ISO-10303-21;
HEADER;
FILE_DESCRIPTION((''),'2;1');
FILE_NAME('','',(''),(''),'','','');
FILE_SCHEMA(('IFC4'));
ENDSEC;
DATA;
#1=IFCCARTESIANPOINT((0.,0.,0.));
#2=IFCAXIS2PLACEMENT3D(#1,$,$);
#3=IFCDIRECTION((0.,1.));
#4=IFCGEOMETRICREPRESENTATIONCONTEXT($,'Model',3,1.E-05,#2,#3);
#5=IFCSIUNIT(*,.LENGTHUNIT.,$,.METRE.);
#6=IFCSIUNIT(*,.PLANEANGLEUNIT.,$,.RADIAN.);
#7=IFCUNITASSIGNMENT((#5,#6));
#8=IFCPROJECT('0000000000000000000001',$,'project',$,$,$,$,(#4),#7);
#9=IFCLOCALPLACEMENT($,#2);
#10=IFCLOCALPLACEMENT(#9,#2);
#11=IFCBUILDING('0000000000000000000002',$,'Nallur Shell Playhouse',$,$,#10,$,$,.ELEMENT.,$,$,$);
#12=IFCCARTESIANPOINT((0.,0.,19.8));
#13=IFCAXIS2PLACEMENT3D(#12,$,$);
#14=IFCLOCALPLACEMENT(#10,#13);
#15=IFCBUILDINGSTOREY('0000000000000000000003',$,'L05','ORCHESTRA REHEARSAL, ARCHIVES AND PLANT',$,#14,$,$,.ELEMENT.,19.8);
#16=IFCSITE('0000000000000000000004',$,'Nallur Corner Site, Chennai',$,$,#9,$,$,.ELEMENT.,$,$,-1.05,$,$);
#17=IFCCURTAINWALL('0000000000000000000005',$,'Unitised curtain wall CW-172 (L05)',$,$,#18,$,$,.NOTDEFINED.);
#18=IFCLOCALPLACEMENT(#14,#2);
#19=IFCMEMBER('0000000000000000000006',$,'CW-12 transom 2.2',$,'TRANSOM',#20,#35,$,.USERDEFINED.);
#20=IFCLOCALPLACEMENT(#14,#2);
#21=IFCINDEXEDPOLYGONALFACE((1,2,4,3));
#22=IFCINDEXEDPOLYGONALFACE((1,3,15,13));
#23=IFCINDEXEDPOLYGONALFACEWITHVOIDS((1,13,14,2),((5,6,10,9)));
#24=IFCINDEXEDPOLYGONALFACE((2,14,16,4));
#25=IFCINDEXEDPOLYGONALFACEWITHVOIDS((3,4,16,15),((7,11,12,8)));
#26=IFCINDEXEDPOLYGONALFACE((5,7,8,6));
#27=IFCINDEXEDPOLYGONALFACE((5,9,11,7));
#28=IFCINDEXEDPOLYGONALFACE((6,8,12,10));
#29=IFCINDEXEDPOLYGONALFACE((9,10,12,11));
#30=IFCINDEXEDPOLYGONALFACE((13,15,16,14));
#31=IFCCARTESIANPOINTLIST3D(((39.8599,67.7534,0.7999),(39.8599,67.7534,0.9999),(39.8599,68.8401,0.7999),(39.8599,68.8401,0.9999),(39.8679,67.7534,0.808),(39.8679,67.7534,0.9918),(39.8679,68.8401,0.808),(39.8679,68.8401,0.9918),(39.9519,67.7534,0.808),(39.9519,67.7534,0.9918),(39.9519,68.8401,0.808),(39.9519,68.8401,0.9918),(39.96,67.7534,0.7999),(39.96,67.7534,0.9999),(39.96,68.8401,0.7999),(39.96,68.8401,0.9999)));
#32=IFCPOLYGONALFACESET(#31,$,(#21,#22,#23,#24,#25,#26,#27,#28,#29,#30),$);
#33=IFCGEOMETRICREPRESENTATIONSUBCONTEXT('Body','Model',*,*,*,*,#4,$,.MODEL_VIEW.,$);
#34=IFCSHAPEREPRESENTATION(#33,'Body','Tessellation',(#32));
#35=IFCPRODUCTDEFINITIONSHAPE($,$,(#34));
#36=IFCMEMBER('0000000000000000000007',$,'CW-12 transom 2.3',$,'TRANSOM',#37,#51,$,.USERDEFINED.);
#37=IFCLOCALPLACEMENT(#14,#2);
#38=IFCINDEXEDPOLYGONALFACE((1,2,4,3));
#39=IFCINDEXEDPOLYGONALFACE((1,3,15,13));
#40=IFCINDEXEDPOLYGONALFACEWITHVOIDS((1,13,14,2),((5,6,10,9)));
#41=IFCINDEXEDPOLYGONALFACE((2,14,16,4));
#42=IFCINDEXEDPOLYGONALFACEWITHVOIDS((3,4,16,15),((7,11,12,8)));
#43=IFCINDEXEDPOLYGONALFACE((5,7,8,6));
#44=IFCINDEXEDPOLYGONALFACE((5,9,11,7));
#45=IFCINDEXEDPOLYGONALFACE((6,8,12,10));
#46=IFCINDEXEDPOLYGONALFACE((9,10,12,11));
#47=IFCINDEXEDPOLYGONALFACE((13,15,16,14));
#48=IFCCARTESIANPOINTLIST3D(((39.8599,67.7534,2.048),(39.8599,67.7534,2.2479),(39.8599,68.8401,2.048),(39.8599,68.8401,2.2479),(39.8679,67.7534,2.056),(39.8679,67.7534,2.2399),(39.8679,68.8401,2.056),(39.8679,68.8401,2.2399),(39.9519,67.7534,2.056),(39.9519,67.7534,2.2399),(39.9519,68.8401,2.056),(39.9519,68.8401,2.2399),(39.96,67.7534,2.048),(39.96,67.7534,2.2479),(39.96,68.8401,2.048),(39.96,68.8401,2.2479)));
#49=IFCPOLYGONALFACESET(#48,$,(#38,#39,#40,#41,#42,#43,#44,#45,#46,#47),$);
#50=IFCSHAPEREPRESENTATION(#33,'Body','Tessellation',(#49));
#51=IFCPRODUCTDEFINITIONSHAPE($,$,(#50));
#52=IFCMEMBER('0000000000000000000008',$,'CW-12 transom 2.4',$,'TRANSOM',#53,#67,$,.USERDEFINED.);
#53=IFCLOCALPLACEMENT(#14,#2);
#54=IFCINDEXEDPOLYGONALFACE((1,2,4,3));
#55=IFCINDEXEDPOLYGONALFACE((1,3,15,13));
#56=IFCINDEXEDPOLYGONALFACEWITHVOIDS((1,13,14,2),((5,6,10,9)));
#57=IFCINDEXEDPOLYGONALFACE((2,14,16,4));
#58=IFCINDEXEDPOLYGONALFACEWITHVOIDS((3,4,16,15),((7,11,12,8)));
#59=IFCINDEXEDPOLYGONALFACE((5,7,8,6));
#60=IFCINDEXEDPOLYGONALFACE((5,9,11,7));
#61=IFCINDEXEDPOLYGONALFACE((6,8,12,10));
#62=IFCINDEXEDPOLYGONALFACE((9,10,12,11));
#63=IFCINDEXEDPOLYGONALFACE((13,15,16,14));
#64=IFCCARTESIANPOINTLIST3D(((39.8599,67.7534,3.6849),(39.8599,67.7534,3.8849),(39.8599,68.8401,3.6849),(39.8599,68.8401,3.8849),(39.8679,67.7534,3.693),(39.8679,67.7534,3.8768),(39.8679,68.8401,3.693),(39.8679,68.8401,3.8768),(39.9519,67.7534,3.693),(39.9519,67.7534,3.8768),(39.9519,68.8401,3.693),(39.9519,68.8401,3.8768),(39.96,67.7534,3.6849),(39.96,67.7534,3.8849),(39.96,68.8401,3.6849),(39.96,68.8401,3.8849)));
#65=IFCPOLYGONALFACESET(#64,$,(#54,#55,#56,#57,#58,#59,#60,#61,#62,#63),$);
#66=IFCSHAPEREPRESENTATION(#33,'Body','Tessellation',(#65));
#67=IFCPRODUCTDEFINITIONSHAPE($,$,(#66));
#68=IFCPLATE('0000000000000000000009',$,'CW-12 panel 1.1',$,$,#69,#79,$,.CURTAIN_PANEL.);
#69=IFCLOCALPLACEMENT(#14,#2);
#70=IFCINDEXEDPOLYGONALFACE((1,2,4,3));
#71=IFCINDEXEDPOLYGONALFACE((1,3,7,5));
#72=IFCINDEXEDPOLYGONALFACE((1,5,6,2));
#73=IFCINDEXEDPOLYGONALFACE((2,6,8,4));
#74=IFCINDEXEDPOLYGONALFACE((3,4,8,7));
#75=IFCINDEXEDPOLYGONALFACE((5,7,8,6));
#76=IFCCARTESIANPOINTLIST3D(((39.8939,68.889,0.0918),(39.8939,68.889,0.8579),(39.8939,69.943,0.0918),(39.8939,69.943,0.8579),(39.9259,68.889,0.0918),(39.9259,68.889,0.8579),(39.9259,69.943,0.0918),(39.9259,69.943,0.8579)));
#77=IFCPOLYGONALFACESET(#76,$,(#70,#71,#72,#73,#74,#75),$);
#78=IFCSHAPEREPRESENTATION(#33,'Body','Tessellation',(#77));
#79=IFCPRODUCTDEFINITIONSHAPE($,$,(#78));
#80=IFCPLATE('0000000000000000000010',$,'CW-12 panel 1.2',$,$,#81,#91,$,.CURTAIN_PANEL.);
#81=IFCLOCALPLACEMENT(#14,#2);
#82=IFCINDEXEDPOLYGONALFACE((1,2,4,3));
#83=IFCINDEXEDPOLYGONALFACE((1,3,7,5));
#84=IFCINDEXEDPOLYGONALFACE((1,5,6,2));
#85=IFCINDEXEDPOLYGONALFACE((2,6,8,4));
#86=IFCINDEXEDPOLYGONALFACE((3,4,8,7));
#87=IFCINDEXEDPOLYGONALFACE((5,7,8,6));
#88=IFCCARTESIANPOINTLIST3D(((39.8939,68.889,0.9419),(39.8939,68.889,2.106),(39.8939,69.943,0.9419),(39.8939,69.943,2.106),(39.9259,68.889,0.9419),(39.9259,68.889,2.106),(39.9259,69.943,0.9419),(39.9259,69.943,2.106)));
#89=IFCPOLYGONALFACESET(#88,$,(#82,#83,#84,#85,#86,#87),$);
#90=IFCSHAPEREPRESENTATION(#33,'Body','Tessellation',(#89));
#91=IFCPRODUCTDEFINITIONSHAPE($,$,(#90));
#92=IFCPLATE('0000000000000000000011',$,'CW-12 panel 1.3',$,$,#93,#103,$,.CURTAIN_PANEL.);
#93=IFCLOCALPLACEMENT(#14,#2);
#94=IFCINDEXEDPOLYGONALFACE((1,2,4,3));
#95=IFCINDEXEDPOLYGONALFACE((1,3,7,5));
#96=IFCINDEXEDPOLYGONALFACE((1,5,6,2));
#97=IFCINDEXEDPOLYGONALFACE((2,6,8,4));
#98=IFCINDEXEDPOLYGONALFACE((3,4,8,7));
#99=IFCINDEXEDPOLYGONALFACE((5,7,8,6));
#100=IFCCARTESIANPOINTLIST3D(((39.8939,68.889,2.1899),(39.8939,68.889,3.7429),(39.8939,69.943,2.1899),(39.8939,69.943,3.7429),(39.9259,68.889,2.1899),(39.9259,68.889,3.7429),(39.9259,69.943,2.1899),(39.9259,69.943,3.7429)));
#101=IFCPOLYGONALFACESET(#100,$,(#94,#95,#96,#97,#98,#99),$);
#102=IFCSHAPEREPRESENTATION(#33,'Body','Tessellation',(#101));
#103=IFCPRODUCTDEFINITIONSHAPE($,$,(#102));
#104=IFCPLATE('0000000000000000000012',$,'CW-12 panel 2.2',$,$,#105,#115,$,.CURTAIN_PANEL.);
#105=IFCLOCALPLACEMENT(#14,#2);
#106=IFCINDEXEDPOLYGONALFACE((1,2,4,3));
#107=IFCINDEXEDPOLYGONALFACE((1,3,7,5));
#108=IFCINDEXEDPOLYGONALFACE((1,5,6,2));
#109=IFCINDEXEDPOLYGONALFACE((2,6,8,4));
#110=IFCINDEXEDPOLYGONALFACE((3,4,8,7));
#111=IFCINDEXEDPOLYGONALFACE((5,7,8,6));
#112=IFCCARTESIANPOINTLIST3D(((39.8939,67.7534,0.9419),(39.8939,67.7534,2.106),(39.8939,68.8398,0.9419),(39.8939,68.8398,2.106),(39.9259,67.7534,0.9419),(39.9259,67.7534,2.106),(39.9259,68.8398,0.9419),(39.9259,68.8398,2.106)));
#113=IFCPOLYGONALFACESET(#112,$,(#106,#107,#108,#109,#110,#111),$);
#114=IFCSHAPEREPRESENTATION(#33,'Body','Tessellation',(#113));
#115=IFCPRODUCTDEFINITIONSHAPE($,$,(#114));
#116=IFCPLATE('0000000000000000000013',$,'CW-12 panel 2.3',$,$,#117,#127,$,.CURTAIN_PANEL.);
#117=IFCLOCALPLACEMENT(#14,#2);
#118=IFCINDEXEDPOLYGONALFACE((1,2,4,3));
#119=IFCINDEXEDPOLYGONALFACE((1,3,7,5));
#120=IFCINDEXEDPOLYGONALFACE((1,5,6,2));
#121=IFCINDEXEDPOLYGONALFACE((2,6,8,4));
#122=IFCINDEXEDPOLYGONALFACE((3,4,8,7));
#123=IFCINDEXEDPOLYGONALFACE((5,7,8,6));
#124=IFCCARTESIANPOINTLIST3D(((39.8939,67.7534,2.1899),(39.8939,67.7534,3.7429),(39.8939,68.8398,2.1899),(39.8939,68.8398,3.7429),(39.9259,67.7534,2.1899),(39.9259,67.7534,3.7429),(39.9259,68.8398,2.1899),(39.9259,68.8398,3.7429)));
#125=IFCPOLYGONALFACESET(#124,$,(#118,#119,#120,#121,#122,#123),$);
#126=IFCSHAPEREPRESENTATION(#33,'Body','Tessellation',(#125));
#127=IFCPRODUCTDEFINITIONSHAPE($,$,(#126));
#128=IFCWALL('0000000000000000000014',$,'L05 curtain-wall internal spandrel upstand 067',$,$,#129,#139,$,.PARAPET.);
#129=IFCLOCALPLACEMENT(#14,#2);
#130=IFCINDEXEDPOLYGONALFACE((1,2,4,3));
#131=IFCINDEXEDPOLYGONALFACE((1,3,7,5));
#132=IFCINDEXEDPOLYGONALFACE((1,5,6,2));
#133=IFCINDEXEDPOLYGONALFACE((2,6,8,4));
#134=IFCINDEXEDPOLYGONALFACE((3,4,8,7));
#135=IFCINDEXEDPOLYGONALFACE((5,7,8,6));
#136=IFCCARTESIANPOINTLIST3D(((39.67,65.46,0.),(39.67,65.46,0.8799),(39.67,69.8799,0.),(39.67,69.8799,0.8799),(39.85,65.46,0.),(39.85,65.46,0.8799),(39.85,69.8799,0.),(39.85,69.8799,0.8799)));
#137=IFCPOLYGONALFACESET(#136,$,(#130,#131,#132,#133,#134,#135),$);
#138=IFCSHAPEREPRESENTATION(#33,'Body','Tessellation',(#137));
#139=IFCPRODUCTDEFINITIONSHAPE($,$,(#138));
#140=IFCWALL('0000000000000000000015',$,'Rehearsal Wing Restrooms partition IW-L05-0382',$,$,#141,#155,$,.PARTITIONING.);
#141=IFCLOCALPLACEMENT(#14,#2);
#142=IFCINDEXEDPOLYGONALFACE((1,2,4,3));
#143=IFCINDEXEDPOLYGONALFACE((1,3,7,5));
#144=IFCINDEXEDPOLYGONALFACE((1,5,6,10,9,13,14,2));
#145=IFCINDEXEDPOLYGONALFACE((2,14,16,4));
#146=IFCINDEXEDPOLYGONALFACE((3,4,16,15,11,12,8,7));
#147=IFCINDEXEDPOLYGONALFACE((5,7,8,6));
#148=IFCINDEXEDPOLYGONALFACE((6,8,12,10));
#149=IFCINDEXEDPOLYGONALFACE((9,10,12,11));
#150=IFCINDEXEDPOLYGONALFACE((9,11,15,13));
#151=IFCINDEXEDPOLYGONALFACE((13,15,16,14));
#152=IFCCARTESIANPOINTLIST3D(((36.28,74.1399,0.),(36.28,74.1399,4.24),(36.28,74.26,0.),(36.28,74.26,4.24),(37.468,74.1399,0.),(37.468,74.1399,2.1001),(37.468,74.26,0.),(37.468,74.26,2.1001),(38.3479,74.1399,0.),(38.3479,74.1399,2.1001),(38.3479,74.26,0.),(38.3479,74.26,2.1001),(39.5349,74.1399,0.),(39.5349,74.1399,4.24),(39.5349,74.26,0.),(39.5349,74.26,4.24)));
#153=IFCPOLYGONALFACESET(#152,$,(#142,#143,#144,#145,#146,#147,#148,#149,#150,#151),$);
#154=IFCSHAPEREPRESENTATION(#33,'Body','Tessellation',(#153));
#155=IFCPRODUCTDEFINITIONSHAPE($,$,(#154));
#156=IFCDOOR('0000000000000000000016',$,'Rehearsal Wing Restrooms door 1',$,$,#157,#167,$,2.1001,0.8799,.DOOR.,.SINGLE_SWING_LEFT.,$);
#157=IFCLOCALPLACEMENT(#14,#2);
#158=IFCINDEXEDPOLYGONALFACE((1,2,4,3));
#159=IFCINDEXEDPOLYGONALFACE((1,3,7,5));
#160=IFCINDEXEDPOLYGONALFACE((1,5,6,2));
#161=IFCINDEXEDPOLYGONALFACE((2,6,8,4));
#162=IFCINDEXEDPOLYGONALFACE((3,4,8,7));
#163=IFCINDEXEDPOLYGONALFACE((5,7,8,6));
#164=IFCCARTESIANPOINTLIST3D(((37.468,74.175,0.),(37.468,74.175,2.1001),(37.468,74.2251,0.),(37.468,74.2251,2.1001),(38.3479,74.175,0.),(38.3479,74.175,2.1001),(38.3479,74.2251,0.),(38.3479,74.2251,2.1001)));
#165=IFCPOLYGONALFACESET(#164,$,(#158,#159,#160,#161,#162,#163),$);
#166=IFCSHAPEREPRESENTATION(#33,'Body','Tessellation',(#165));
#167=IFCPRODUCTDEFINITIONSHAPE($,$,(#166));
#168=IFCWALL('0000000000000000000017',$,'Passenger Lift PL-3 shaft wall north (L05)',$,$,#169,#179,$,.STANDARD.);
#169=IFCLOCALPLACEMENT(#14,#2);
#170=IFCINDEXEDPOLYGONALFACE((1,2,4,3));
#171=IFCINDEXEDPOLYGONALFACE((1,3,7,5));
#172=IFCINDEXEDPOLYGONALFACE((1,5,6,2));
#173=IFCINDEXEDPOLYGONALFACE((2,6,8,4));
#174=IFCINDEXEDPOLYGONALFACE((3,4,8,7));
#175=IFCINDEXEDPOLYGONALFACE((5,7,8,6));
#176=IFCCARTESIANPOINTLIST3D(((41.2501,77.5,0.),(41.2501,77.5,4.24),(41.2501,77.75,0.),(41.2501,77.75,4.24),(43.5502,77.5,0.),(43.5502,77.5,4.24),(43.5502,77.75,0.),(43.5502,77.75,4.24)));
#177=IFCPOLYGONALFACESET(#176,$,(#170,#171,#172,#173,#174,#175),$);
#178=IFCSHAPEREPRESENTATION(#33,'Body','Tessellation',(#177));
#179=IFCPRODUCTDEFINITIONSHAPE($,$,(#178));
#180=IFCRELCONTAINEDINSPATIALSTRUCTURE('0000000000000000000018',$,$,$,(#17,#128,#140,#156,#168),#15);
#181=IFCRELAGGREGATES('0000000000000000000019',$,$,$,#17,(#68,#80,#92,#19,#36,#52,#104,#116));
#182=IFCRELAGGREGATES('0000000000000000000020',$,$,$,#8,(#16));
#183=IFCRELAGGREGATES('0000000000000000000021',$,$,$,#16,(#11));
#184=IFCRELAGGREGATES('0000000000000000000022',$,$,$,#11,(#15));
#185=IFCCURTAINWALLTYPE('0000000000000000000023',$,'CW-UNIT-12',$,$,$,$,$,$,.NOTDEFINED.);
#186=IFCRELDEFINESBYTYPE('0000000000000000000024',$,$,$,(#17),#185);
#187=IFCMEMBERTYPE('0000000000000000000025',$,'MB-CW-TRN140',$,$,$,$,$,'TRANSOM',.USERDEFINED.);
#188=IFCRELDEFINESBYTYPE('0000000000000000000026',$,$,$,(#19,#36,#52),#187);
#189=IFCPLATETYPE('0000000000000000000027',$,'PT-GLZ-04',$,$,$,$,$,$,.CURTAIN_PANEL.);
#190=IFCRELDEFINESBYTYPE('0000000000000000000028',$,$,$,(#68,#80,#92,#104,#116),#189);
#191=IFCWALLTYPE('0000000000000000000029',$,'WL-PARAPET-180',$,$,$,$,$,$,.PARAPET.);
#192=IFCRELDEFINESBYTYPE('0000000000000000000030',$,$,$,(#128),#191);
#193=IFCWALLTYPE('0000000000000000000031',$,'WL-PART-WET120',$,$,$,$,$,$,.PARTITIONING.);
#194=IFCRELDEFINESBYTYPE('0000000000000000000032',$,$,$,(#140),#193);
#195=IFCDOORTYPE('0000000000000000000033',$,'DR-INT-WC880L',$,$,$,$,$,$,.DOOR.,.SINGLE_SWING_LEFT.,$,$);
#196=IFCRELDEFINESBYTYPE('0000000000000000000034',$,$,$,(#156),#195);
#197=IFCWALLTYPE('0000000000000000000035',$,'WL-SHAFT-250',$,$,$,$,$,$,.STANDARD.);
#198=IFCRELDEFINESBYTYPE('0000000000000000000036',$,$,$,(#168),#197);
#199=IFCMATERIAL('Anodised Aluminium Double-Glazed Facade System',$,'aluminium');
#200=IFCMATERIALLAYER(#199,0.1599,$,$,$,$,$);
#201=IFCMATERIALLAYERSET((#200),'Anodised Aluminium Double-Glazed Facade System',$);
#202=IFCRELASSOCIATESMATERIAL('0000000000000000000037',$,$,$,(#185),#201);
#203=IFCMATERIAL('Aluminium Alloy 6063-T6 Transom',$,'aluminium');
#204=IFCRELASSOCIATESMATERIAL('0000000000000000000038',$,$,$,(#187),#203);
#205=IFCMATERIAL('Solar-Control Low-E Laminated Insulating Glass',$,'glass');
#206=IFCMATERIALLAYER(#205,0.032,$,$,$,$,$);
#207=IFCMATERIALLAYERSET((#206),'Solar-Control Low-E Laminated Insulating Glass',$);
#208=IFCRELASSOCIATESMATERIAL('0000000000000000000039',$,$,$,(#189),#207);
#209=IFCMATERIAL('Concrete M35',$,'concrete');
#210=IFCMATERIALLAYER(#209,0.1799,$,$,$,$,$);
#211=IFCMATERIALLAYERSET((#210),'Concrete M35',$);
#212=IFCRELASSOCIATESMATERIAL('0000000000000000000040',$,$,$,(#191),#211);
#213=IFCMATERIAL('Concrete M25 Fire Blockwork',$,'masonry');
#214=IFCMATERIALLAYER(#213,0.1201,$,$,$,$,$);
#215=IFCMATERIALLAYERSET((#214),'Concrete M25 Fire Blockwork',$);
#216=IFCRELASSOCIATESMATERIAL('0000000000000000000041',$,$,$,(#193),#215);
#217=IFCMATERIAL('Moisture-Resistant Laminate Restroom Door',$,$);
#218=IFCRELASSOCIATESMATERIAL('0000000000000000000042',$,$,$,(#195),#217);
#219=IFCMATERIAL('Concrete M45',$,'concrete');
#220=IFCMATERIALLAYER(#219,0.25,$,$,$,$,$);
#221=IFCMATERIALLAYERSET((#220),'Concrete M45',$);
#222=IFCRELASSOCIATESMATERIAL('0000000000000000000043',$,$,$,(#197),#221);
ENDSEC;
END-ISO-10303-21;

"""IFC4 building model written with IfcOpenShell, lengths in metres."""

from ifc_helpers import new_model, si_unit, direction, frame, frame_2d, origin, origin_2d, place, context, subcontext, project, spatial, rectangle, hollow_rectangle, extrude, material, layer, layer_set, material_profile, profile_set, type_object, element, fill, aggregate, save


model = new_model("IFC4")

# Units and contexts
model_context = context("Model", 3, precision=1e-05, world=origin(), true_north=direction((0.0, 1.0)))
body_context = subcontext(model_context, "Body", "Model", "MODEL_VIEW")
ifc_project = project(units=[si_unit("LENGTHUNIT", "METRE"), si_unit("PLANEANGLEUNIT", "RADIAN")], contexts=[model_context])

# Site, building, storey
site_placement = place(None, origin())
site = spatial("IfcSite", under=ifc_project, at=site_placement, Name="Nallur Corner Site, Chennai", CompositionType="ELEMENT", RefElevation=-1.05)
building_placement = place(site_placement, origin())
building = spatial("IfcBuilding", under=site, at=building_placement, Name="Nallur Shell Playhouse", CompositionType="ELEMENT")
storey_placement = place(building_placement, frame((0.0, 0.0, 19.8)))
storey = spatial("IfcBuildingStorey", under=building, at=storey_placement, Name="L05", Description="ORCHESTRA REHEARSAL, ARCHIVES AND PLANT", CompositionType="ELEMENT", Elevation=19.8)

# Curtain wall, members, plates
ifc_material_1 = material(Name="Anodised Aluminium Double-Glazed Facade System", Category="aluminium")
ifc_layer_1 = layer(ifc_material_1, 0.1599)
ifc_layer_set_1 = layer_set([ifc_layer_1], Name="Anodised Aluminium Double-Glazed Facade System")
curtain_wall_type = type_object("IfcCurtainWallType", Name="CW-UNIT-12", PredefinedType="NOTDEFINED", material=ifc_layer_set_1)
curtain_wall_placement = place(storey_placement, origin())
curtain_wall = element("IfcCurtainWall", 1, at=curtain_wall_placement, inside=storey, type_object=curtain_wall_type, Name="Unitised curtain wall CW-172 (L05)", PredefinedType="NOTDEFINED")
ifc_material_2 = material(Name="Aluminium Alloy 6063-T6 Transom", Category="aluminium")
ifc_material_profile_1 = material_profile(ifc_material_2, hollow_rectangle(XDim=0.1001, YDim=0.2, WallThickness=0.0081, at=origin_2d()), Name="RHS 200x100x8")
ifc_profile_set_1 = profile_set([ifc_material_profile_1], Name="Aluminium Alloy 6063-T6 Transom")
member_type_1 = type_object("IfcMemberType", Name="MB-CW-TRN140", ElementType="TRANSOM", PredefinedType="USERDEFINED", material=ifc_profile_set_1)
member_1_placement = place(storey_placement, frame((39.9099, 68.8401, 0.8999), z_axis=(0.0, -1.0, 0.0), x_axis=(1.0, 0.0, 0.0)))
member_1 = element("IfcMember", 2, at=member_1_placement, type_object=member_type_1, Name="CW-12 transom 2.2", ObjectType="TRANSOM", PredefinedType="USERDEFINED", context=body_context, shape_type="SweptSolid", body=[
    extrude(hollow_rectangle(XDim=0.1001, YDim=0.2, WallThickness=0.0081, at=origin_2d()), origin(), (0.0, 0.0, 1.0), 1.0867),
])
member_2_placement = place(storey_placement, frame((39.9099, 68.8401, 2.1479), z_axis=(0.0, -1.0, 0.0), x_axis=(1.0, 0.0, 0.0)))
member_2 = element("IfcMember", 3, at=member_2_placement, type_object=member_type_1, Name="CW-12 transom 2.3", ObjectType="TRANSOM", PredefinedType="USERDEFINED", context=body_context, shape_type="SweptSolid", body=[
    extrude(hollow_rectangle(XDim=0.1001, YDim=0.2, WallThickness=0.0081, at=origin_2d()), origin(), (0.0, 0.0, 1.0), 1.0867),
])
member_3_placement = place(storey_placement, frame((39.9099, 68.8401, 3.7849), z_axis=(0.0, -1.0, 0.0), x_axis=(1.0, 0.0, 0.0)))
member_3 = element("IfcMember", 4, at=member_3_placement, type_object=member_type_1, Name="CW-12 transom 2.4", ObjectType="TRANSOM", PredefinedType="USERDEFINED", context=body_context, shape_type="SweptSolid", body=[
    extrude(hollow_rectangle(XDim=0.1001, YDim=0.2, WallThickness=0.0081, at=origin_2d()), origin(), (0.0, 0.0, 1.0), 1.0867),
])
ifc_material_3 = material(Name="Solar-Control Low-E Laminated Insulating Glass", Category="glass")
ifc_layer_2 = layer(ifc_material_3, 0.032)
ifc_layer_set_2 = layer_set([ifc_layer_2], Name="Solar-Control Low-E Laminated Insulating Glass")
plate_type = type_object("IfcPlateType", Name="PT-GLZ-04", PredefinedType="CURTAIN_PANEL", material=ifc_layer_set_2)
plate_1_placement = place(storey_placement, frame((39.9099, 69.416, 0.0918), z_axis=(0.0, 0.0, 1.0), x_axis=(0.0, -1.0, 0.0)))
plate_1 = element("IfcPlate", 5, at=plate_1_placement, type_object=plate_type, Name="CW-12 panel 1.1", PredefinedType="CURTAIN_PANEL", context=body_context, shape_type="SweptSolid", body=[
    extrude(rectangle(XDim=1.054, YDim=0.032, at=origin_2d()), origin(), (0.0, 0.0, 1.0), 0.7661),
])
plate_2_placement = place(storey_placement, frame((39.9099, 69.416, 0.9419), z_axis=(0.0, 0.0, 1.0), x_axis=(0.0, -1.0, 0.0)))
plate_2 = element("IfcPlate", 6, at=plate_2_placement, type_object=plate_type, Name="CW-12 panel 1.2", PredefinedType="CURTAIN_PANEL", context=body_context, shape_type="SweptSolid", body=[
    extrude(rectangle(XDim=1.054, YDim=0.032, at=origin_2d()), origin(), (0.0, 0.0, 1.0), 1.1641),
])
plate_3_placement = place(storey_placement, frame((39.9099, 69.416, 2.1899), z_axis=(0.0, 0.0, 1.0), x_axis=(0.0, -1.0, 0.0)))
plate_3 = element("IfcPlate", 7, at=plate_3_placement, type_object=plate_type, Name="CW-12 panel 1.3", PredefinedType="CURTAIN_PANEL", context=body_context, shape_type="SweptSolid", body=[
    extrude(rectangle(XDim=1.054, YDim=0.032, at=origin_2d()), origin(), (0.0, 0.0, 1.0), 1.553),
])
plate_4_placement = place(storey_placement, frame((39.9099, 68.2966, 0.9419), z_axis=(0.0, 0.0, 1.0), x_axis=(0.0, -1.0, 0.0)))
plate_4 = element("IfcPlate", 8, at=plate_4_placement, type_object=plate_type, Name="CW-12 panel 2.2", PredefinedType="CURTAIN_PANEL", context=body_context, shape_type="SweptSolid", body=[
    extrude(rectangle(XDim=1.0864, YDim=0.032, at=origin_2d()), origin(), (0.0, 0.0, 1.0), 1.1641),
])
plate_5_placement = place(storey_placement, frame((39.9099, 68.2966, 2.1899), z_axis=(0.0, 0.0, 1.0), x_axis=(0.0, -1.0, 0.0)))
plate_5 = element("IfcPlate", 9, at=plate_5_placement, type_object=plate_type, Name="CW-12 panel 2.3", PredefinedType="CURTAIN_PANEL", context=body_context, shape_type="SweptSolid", body=[
    extrude(rectangle(XDim=1.0864, YDim=0.032, at=origin_2d()), origin(), (0.0, 0.0, 1.0), 1.553),
])
aggregate(curtain_wall, [plate_1, plate_2, plate_3, member_1, member_2, member_3, plate_4, plate_5])

# Wall
ifc_material_4 = material(Name="Concrete M35", Category="concrete")
ifc_layer_3 = layer(ifc_material_4, 0.1799)
ifc_layer_set_3 = layer_set([ifc_layer_3], Name="Concrete M35")
wall_type_1 = type_object("IfcWallType", Name="WL-PARAPET-180", PredefinedType="PARAPET", material=ifc_layer_set_3)
wall_1_placement = place(storey_placement, frame((39.76, 69.8799, 0.0), z_axis=(0.0, 0.0, 1.0), x_axis=(0.0, -1.0, 0.0)))
element("IfcWall", 10, at=wall_1_placement, inside=storey, type_object=wall_type_1, Name="L05 curtain-wall internal spandrel upstand 067", PredefinedType="PARAPET", context=body_context, shape_type="SweptSolid", body=[
    extrude(rectangle(XDim=4.4199, YDim=0.1799, at=frame_2d((2.21, 0.0))), origin(), (0.0, 0.0, 1.0), 0.8799),
])

# Wall, opening, door
ifc_material_5 = material(Name="Concrete M25 Fire Blockwork", Category="masonry")
ifc_layer_4 = layer(ifc_material_5, 0.1201)
ifc_layer_set_4 = layer_set([ifc_layer_4], Name="Concrete M25 Fire Blockwork")
wall_type_2 = type_object("IfcWallType", Name="WL-PART-WET120", PredefinedType="PARTITIONING", material=ifc_layer_set_4)
wall_2_placement = place(storey_placement, frame((39.5349, 74.2, 0.0), z_axis=(0.0, 0.0, 1.0), x_axis=(-1.0, 0.0, 0.0)))
wall_2 = element("IfcWall", 11, at=wall_2_placement, inside=storey, type_object=wall_type_2, Name="Rehearsal Wing Restrooms partition IW-L05-0382", PredefinedType="PARTITIONING", context=body_context, shape_type="SweptSolid", body=[
    extrude(rectangle(XDim=3.2549, YDim=0.1201, at=frame_2d((1.6274, 0.0))), origin(), (0.0, 0.0, 1.0), 4.24),
])
opening_1_placement = place(wall_2_placement, frame((1.187, 0.0, 0.0)))
opening_1 = element("IfcOpeningElement", 12, at=opening_1_placement, cuts=wall_2, PredefinedType="OPENING", context=body_context, shape_type="SweptSolid", body=[
    extrude(rectangle(XDim=0.8799, YDim=2.1001, at=frame_2d((0.4399, 1.05))), frame((0.0, 0.0701, 0.0), z_axis=(0.0, -1.0, 0.0), x_axis=(1.0, 0.0, 0.0)), (0.0, 0.0, 1.0), 0.1401),
])
ifc_material_6 = material(Name="Moisture-Resistant Laminate Restroom Door")
door_type_1 = type_object("IfcDoorType", Name="DR-INT-WC880L", OperationType="SINGLE_SWING_LEFT", PredefinedType="DOOR", material=ifc_material_6)
door_1_placement = place(opening_1_placement, origin())
door_1 = element("IfcDoor", 13, at=door_1_placement, inside=storey, type_object=door_type_1, Name="Rehearsal Wing Restrooms door 1", OperationType="SINGLE_SWING_LEFT", OverallHeight=2.1001, OverallWidth=0.8799, PredefinedType="DOOR", context=body_context, shape_type="SweptSolid", body=[
    extrude(rectangle(XDim=0.8799, YDim=2.1001, at=frame_2d((0.4399, 1.05))), frame((0.0, 0.0249, 0.0), z_axis=(0.0, -1.0, 0.0), x_axis=(1.0, 0.0, 0.0)), (0.0, 0.0, 1.0), 0.05),
])
fill(opening_1, door_1)
ifc_material_7 = material(Name="Concrete M45", Category="concrete")
ifc_layer_5 = layer(ifc_material_7, 0.25)
ifc_layer_set_5 = layer_set([ifc_layer_5], Name="Concrete M45")
wall_type_3 = type_object("IfcWallType", Name="WL-SHAFT-250", PredefinedType="STANDARD", material=ifc_layer_set_5)

# Wall
wall_3_placement = place(storey_placement, frame((43.55, 77.625, 0.0), z_axis=(0.0, 0.0, 1.0), x_axis=(-1.0, 0.0, 0.0)))
element("IfcWall", 14, at=wall_3_placement, inside=storey, type_object=wall_type_3, Name="Passenger Lift PL-3 shaft wall north (L05)", PredefinedType="STANDARD", context=body_context, shape_type="SweptSolid", body=[
    extrude(rectangle(XDim=2.3, YDim=0.25, at=frame_2d((1.1499, 0.0))), origin(), (0.0, 0.0, 1.0), 4.24),
])

save(model, "model.ifc")
